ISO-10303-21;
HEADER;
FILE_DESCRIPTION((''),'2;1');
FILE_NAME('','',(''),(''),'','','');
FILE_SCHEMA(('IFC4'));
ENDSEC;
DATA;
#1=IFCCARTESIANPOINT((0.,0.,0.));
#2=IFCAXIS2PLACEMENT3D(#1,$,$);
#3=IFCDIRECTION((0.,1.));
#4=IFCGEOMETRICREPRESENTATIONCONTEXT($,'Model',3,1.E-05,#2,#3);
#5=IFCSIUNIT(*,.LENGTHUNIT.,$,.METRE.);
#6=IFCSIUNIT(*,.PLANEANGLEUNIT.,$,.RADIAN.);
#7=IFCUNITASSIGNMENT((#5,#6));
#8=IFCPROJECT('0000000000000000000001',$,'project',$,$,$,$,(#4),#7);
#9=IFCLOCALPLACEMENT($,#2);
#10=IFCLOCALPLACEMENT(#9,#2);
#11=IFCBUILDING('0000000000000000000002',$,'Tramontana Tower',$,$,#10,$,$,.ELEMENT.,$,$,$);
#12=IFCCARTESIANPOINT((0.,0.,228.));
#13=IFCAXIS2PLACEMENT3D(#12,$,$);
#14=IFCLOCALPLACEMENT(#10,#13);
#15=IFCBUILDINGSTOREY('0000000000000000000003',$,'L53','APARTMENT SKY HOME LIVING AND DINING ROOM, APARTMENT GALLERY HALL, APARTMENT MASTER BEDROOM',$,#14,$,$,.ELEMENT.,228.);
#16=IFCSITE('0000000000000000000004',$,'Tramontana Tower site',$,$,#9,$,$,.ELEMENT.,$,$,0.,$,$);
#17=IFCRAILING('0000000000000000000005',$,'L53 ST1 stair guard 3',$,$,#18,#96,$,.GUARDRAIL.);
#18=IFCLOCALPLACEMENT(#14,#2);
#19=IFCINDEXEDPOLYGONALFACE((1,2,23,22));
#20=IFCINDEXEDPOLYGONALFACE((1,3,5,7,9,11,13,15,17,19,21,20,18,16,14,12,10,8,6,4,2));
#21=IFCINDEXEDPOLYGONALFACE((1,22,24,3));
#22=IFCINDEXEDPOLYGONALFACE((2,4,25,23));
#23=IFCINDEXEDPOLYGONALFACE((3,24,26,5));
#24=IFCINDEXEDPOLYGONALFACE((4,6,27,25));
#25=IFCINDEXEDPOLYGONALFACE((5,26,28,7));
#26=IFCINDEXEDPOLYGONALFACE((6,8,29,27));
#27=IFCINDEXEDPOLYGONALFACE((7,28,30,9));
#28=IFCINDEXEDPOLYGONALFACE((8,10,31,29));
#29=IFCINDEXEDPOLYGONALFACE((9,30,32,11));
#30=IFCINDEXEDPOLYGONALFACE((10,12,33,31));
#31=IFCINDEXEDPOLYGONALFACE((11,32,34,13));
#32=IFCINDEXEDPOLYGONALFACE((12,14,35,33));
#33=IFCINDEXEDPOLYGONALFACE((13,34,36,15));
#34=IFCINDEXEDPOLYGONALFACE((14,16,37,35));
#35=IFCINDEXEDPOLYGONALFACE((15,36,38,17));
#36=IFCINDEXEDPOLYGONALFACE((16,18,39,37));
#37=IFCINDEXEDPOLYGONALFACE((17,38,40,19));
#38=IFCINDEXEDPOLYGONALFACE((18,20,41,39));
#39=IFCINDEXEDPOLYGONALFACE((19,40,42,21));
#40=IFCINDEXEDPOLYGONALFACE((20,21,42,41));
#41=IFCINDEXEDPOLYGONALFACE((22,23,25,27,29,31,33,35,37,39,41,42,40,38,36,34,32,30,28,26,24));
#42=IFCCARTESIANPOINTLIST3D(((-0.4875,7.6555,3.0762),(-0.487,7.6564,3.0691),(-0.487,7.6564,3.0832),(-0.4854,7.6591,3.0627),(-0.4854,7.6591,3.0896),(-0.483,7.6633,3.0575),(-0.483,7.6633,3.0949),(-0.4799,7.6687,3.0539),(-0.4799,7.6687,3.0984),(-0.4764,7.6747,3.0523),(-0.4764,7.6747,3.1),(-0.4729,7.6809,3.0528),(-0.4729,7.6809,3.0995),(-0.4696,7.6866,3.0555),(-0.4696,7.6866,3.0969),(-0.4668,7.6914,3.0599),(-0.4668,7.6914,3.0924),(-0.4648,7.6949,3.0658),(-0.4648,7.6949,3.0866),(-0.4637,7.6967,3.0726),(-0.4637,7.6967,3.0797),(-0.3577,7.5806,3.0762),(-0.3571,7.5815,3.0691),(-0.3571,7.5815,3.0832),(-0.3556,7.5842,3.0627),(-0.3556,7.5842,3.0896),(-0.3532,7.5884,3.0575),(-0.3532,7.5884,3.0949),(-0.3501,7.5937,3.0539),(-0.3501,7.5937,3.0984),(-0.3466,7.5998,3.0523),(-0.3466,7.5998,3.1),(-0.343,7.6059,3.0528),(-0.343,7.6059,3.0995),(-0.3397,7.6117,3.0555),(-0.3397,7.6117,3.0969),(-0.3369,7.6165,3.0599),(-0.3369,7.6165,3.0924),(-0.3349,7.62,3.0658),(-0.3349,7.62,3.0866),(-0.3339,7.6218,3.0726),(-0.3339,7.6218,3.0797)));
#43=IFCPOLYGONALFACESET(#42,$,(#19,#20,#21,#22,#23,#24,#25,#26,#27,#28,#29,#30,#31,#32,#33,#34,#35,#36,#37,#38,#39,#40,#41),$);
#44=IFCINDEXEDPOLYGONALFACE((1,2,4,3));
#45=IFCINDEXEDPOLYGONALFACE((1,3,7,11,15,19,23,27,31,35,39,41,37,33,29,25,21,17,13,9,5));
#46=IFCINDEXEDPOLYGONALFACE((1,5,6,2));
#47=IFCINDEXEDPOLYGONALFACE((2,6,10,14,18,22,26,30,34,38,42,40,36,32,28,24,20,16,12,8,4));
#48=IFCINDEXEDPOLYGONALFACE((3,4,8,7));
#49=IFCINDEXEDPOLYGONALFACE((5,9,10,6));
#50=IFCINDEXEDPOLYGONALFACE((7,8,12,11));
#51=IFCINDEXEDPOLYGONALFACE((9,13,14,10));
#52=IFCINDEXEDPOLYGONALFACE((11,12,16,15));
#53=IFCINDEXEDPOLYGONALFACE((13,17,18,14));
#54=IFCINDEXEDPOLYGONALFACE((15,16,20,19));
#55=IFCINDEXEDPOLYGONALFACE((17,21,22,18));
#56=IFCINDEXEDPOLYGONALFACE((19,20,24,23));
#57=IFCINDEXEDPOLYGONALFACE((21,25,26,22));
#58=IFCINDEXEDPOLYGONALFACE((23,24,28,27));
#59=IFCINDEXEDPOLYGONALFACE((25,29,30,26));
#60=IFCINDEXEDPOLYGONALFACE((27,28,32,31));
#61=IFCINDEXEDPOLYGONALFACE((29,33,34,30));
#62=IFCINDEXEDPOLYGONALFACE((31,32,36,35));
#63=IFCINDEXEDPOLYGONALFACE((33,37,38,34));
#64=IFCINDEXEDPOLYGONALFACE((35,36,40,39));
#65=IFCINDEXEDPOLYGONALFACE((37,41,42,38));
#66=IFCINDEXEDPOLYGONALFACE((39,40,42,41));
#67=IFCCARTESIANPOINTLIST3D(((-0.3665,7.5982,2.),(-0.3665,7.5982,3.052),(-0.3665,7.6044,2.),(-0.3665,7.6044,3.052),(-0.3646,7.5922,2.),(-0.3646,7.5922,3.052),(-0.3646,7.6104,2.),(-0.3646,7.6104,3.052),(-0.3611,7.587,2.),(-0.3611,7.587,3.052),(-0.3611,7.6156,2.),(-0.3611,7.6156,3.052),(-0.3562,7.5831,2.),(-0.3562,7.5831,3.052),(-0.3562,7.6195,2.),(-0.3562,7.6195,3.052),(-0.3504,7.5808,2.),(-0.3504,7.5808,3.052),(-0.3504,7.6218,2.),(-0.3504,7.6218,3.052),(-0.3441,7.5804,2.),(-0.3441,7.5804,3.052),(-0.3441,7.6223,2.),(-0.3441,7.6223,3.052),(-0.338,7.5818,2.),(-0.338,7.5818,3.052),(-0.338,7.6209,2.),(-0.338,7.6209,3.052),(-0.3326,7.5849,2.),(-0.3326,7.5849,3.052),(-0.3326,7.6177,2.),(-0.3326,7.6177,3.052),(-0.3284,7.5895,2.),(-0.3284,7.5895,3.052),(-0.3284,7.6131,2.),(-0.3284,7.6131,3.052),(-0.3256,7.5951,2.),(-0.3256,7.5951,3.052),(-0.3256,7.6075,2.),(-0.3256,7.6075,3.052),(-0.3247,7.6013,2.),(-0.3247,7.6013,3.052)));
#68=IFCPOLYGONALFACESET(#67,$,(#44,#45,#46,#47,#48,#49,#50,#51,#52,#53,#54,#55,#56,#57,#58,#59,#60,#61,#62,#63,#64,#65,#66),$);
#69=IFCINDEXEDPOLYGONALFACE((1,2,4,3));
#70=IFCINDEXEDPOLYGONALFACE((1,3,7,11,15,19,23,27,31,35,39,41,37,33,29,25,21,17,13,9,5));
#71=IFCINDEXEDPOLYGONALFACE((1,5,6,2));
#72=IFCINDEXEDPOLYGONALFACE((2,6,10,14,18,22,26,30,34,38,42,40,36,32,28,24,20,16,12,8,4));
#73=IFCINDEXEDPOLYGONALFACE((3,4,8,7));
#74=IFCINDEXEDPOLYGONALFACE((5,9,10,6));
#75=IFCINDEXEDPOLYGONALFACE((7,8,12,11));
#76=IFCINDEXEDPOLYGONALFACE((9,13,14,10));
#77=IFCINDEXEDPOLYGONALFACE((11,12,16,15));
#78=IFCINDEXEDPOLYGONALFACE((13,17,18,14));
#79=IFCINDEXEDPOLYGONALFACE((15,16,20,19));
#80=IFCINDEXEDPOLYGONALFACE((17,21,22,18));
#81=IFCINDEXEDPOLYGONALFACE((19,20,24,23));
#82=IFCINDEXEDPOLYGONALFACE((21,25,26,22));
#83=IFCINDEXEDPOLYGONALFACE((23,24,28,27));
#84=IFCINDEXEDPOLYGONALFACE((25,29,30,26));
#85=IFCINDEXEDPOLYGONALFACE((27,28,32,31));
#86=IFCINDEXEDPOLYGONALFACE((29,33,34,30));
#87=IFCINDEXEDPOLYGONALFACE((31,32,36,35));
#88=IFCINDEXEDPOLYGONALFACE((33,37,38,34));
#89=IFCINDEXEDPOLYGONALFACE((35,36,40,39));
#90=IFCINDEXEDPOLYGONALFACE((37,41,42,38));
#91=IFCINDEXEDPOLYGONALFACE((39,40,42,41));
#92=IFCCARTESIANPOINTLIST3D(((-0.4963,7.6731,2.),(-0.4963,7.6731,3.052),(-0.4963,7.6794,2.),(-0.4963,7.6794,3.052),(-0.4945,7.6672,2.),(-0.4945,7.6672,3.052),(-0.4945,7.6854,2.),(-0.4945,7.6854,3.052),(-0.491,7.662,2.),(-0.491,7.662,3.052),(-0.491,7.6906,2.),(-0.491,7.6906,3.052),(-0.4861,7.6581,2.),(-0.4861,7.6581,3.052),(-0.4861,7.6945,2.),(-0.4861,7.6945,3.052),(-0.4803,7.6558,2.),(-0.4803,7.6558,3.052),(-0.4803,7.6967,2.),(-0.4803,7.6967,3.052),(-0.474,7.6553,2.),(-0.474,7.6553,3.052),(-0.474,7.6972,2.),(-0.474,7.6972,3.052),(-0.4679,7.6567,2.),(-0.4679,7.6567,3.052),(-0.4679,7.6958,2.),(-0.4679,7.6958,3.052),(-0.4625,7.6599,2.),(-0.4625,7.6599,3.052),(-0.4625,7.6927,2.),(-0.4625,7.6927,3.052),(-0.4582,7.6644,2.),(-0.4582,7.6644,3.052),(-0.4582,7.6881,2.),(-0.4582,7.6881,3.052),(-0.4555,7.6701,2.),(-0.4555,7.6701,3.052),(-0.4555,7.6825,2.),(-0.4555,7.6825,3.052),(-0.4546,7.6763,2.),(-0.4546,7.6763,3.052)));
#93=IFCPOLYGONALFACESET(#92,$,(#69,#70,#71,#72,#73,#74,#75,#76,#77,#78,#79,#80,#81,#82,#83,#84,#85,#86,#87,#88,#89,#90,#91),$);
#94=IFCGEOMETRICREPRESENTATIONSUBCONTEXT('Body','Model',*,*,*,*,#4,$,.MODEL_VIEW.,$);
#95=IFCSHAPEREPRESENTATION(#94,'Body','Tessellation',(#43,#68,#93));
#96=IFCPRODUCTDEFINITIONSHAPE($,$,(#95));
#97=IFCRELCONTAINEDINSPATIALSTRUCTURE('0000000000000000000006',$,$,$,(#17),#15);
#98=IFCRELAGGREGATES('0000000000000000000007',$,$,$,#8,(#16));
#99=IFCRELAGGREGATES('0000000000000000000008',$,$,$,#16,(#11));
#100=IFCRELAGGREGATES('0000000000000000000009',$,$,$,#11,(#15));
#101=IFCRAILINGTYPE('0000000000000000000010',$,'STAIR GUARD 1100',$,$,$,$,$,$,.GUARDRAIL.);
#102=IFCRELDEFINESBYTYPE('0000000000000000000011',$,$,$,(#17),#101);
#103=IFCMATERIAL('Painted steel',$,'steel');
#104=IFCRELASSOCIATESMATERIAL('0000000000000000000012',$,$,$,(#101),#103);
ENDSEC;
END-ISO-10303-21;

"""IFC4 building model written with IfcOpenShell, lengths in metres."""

from ifc_helpers import new_model, si_unit, direction, frame, origin, origin_2d, place, context, subcontext, project, spatial, circle, extrude, material, type_object, element, save


model = new_model("IFC4")

# Units and contexts
model_context = context("Model", 3, precision=1e-05, world=origin(), true_north=direction((0.0, 1.0)))
body_context = subcontext(model_context, "Body", "Model", "MODEL_VIEW")
ifc_project = project(units=[si_unit("LENGTHUNIT", "METRE"), si_unit("PLANEANGLEUNIT", "RADIAN")], contexts=[model_context])

# Site, building, storey
site_placement = place(None, origin())
site = spatial("IfcSite", under=ifc_project, at=site_placement, Name="Tramontana Tower site", CompositionType="ELEMENT", RefElevation=0.0)
building_placement = place(site_placement, origin())
building = spatial("IfcBuilding", under=site, at=building_placement, Name="Tramontana Tower", CompositionType="ELEMENT")
storey_placement = place(building_placement, frame((0.0, 0.0, 228.0)))
storey = spatial("IfcBuildingStorey", under=building, at=storey_placement, Name="L53", Description="APARTMENT SKY HOME LIVING AND DINING ROOM, APARTMENT GALLERY HALL, APARTMENT MASTER BEDROOM", CompositionType="ELEMENT", Elevation=228.0)

# Railing
ifc_material_1 = material(Name="Painted steel", Category="steel")
railing_type_1 = type_object("IfcRailingType", Name="STAIR GUARD 1100", PredefinedType="GUARDRAIL", material=ifc_material_1)
railing_1_placement = place(storey_placement, frame((-0.3457, 7.6013, 2.0)))
element("IfcRailing", 1, at=railing_1_placement, inside=storey, type_object=railing_type_1, Name="L53 ST1 stair guard 3", PredefinedType="GUARDRAIL", context=body_context, shape_type="SweptSolid", body=[
    extrude(circle(Radius=0.0239, at=origin_2d()), frame((0.0, 0.0, 1.0762), z_axis=(-0.866131, 0.499816, 0.0), x_axis=(-0.499816, -0.866131, 0.0)), (0.0, 0.0, 1.0), 0.1499),
    extrude(circle(Radius=0.021, at=origin_2d()), origin(), (0.0, 0.0, 1.0), 1.052),
    extrude(circle(Radius=0.021, at=origin_2d()), frame((-0.1299, 0.075, 0.0)), (0.0, 0.0, 1.0), 1.052),
])

save(model, "model.ifc")
